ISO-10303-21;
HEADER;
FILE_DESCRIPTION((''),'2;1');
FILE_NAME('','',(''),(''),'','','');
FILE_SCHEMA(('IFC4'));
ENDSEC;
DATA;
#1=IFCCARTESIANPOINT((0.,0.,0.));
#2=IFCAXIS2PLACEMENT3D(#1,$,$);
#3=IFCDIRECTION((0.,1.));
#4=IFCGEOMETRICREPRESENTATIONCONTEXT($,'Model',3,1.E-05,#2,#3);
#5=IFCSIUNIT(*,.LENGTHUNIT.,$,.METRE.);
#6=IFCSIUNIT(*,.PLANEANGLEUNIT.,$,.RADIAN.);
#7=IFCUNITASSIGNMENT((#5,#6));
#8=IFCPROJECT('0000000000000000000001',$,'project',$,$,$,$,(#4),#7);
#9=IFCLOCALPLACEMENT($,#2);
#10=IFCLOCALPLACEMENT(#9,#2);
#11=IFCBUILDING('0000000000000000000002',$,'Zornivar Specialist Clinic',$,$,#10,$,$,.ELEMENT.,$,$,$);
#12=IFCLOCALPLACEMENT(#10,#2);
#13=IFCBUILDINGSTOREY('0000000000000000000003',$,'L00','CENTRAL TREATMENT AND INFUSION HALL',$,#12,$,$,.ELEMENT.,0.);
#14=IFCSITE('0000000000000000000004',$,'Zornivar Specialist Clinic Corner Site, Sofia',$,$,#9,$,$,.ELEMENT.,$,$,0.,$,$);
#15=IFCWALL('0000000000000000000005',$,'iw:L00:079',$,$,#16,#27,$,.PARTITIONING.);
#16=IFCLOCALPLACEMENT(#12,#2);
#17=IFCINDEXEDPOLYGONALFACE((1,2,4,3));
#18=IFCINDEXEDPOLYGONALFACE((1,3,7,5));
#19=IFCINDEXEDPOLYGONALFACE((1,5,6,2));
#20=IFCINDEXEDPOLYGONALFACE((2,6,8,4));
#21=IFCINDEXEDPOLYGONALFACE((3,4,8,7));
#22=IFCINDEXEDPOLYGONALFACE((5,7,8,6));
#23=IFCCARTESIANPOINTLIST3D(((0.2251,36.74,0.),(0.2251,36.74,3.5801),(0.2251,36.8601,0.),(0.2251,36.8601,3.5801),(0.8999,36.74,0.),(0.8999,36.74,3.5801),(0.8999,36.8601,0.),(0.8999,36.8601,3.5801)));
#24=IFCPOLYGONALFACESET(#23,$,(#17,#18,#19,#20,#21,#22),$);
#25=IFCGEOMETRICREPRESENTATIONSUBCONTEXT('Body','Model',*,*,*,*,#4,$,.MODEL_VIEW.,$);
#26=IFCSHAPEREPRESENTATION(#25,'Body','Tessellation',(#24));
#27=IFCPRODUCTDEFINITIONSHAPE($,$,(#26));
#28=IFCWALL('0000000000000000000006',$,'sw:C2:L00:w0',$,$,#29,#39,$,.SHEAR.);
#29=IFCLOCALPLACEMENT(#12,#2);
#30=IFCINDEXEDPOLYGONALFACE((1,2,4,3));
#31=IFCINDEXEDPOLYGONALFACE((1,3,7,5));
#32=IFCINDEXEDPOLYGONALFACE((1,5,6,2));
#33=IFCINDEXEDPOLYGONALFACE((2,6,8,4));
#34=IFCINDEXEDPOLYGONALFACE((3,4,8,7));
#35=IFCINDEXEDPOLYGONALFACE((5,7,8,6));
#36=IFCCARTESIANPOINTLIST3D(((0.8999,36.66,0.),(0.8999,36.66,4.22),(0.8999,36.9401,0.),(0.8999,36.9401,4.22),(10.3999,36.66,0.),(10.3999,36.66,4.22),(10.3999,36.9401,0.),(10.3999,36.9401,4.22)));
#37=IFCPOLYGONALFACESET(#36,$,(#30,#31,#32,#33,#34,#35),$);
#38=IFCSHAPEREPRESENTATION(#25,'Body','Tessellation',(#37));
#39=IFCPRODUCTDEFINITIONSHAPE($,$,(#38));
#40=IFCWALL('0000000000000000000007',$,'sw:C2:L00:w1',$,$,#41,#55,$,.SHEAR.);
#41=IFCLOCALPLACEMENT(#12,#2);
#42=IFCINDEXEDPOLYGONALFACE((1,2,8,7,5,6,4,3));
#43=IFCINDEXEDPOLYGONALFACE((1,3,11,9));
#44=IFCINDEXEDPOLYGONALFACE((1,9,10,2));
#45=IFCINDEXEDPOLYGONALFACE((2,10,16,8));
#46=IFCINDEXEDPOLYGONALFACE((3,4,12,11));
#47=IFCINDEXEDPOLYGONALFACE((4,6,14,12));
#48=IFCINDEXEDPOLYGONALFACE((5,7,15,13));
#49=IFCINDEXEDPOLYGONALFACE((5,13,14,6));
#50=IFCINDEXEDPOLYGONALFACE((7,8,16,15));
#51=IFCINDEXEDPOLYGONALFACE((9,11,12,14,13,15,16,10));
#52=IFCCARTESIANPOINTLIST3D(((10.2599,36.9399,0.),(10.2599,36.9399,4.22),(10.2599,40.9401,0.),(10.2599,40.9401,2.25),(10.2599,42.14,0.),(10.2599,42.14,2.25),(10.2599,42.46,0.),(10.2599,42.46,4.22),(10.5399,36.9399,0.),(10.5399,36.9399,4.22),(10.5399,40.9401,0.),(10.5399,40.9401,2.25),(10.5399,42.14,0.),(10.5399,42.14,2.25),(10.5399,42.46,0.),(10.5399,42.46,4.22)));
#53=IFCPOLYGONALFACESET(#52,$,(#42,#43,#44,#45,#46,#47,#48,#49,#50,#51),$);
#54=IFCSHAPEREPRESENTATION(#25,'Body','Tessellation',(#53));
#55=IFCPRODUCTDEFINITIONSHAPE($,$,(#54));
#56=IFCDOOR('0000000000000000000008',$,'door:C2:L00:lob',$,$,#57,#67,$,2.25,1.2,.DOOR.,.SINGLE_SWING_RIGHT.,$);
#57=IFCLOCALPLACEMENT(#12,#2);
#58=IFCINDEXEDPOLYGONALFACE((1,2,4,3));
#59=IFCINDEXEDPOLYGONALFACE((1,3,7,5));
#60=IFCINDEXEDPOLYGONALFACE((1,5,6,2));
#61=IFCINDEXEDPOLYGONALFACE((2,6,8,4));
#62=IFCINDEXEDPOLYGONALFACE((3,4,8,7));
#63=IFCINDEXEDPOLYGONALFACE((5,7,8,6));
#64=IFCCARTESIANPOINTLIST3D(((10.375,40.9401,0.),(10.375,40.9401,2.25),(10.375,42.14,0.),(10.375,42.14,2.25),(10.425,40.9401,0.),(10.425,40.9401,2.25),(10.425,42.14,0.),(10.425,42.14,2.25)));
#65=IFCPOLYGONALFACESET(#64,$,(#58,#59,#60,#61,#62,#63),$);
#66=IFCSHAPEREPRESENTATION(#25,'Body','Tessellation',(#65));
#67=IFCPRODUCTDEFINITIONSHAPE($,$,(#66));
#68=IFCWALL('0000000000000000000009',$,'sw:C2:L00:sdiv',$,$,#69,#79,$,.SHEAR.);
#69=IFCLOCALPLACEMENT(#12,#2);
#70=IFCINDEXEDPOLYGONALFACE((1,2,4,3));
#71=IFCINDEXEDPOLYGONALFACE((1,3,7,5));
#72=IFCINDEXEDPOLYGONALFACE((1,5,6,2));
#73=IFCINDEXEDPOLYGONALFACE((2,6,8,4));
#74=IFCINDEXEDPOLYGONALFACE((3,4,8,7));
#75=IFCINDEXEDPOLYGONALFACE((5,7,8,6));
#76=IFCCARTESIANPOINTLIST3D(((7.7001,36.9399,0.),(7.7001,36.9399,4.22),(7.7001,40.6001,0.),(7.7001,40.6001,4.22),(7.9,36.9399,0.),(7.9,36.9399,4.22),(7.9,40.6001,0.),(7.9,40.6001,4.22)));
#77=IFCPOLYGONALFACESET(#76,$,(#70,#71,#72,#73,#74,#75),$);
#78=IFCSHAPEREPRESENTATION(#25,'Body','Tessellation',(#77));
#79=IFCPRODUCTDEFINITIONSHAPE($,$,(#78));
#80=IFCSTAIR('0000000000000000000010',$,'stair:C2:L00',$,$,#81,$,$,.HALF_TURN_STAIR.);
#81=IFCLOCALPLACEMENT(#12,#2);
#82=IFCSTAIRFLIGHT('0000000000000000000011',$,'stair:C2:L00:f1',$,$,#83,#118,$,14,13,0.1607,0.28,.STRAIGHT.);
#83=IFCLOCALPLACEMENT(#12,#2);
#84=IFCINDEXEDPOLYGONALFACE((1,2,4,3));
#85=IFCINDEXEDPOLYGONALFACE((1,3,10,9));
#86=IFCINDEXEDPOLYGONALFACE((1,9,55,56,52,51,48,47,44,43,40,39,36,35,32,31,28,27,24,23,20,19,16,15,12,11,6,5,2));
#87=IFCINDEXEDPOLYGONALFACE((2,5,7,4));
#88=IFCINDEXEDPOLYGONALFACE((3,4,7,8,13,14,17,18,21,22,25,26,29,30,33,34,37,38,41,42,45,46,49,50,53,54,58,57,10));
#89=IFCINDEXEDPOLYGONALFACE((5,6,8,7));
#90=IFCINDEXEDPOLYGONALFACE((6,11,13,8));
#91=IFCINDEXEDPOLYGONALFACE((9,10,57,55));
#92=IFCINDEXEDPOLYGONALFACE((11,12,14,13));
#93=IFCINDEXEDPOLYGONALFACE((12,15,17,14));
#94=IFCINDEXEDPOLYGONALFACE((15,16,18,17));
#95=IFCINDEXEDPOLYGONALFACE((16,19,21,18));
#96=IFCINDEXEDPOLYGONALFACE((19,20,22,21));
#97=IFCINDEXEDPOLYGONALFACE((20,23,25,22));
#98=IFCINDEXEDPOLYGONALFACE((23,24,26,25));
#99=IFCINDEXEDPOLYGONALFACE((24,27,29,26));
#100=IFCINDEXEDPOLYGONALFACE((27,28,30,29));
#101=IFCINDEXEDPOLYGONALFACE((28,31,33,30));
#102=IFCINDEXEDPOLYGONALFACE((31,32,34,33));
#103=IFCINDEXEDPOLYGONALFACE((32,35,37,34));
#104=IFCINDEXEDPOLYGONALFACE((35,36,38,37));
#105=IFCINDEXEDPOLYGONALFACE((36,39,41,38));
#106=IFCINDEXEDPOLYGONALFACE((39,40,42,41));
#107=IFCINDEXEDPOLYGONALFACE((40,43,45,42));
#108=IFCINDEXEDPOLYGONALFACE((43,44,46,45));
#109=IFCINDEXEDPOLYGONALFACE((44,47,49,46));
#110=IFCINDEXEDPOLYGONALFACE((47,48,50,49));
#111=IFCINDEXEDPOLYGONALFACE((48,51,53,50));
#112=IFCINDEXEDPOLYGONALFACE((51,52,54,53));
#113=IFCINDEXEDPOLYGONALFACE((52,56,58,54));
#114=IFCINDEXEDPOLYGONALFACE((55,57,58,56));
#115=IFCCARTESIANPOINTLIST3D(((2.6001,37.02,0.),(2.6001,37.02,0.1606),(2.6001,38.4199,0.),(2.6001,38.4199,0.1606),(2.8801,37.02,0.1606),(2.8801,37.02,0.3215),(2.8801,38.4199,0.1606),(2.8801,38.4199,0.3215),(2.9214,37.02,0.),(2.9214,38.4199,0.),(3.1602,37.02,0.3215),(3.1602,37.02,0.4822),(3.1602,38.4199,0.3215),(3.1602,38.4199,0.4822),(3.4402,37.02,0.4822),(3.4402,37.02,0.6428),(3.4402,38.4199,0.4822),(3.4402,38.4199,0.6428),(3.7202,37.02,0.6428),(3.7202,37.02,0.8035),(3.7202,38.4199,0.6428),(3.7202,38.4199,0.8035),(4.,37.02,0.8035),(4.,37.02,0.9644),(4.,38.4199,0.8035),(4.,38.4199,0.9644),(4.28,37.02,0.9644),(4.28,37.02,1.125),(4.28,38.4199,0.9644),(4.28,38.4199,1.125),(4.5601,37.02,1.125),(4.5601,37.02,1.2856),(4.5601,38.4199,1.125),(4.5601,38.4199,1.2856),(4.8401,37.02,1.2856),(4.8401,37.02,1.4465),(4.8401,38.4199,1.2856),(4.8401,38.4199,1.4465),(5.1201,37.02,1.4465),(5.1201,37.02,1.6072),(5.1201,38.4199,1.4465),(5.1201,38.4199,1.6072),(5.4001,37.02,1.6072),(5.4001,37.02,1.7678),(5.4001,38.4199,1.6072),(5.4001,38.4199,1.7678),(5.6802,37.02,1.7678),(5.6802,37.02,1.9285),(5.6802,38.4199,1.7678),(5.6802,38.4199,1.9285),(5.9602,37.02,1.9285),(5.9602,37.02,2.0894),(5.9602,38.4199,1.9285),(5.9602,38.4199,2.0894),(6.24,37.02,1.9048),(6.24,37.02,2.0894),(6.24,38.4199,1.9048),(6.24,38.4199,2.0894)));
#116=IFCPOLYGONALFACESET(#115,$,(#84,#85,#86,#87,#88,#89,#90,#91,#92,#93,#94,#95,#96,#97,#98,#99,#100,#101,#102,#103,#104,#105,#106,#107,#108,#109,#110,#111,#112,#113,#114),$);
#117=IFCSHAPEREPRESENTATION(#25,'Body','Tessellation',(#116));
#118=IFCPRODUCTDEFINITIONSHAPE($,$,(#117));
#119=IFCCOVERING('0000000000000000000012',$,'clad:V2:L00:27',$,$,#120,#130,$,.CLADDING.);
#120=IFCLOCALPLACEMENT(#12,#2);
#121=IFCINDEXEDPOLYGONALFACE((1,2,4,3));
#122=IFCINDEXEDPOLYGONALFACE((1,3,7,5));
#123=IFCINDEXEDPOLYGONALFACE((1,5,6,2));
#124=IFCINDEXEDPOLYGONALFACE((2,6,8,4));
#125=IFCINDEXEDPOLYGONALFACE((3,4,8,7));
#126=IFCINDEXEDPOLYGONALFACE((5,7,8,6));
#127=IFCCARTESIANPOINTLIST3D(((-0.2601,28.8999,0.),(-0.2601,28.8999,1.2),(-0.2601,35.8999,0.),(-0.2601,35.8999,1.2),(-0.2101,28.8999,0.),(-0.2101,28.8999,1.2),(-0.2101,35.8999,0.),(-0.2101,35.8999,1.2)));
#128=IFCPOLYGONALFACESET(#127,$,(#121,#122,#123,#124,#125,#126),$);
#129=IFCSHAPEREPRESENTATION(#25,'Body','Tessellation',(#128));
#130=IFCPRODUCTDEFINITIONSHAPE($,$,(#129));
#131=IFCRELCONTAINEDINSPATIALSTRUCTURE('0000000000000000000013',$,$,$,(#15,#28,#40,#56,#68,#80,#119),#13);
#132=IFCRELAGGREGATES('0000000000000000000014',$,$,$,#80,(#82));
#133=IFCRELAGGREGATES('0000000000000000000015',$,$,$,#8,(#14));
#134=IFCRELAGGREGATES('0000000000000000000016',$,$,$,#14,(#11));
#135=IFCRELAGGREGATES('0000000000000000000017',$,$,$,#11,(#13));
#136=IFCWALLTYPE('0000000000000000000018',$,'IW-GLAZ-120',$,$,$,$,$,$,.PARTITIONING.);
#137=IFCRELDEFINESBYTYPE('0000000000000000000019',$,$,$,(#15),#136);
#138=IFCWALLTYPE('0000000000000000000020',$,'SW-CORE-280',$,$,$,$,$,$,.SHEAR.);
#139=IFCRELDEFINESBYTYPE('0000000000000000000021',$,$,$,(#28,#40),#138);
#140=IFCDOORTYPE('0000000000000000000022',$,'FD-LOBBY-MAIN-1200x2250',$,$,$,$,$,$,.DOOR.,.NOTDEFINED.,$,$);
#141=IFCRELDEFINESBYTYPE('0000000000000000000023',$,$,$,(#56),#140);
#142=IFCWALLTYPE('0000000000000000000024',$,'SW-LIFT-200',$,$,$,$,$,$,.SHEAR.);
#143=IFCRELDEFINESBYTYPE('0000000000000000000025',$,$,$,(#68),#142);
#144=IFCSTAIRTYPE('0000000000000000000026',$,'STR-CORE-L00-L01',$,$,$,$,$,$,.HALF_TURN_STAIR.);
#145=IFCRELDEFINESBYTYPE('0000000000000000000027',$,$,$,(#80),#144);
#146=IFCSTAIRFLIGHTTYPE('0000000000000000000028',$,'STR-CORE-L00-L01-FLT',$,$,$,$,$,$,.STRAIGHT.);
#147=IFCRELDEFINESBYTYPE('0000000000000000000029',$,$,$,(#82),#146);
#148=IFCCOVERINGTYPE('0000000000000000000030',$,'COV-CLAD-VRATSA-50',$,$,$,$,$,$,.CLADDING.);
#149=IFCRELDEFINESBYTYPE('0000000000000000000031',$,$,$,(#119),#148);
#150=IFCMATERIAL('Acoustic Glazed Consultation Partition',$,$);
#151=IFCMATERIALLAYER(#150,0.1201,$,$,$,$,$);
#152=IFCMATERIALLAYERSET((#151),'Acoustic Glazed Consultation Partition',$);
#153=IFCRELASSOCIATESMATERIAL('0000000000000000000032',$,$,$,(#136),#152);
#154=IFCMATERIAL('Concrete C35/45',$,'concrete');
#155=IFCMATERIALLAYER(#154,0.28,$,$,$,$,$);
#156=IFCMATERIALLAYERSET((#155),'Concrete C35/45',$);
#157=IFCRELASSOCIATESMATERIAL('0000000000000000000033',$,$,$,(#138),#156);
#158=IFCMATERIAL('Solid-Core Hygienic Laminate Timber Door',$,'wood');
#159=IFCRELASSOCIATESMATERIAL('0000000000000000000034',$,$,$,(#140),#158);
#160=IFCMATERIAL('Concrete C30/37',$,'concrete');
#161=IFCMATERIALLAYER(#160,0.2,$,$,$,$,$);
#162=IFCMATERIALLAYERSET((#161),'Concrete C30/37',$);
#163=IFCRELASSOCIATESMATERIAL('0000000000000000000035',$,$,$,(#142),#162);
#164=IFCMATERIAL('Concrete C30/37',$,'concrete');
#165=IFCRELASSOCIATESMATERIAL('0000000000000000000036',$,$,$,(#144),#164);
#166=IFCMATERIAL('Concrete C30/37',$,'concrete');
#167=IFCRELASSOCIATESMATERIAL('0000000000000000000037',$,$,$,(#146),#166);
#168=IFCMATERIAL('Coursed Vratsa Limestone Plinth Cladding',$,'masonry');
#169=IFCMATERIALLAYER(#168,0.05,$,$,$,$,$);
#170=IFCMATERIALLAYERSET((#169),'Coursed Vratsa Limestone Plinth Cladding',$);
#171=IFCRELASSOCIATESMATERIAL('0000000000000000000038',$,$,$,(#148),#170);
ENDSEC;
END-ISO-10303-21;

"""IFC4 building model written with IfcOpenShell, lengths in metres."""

from ifc_helpers import new_model, si_unit, direction, frame, frame_2d, origin, origin_2d, place, context, subcontext, project, spatial, polyline, rectangle, outline, extrude, material, layer, layer_set, type_object, element, fill, aggregate, save


model = new_model("IFC4")

# Units and contexts
model_context = context("Model", 3, precision=1e-05, world=origin(), true_north=direction((0.0, 1.0)))
body_context = subcontext(model_context, "Body", "Model", "MODEL_VIEW")
ifc_project = project(units=[si_unit("LENGTHUNIT", "METRE"), si_unit("PLANEANGLEUNIT", "RADIAN")], contexts=[model_context])

# Site, building, storey
site_placement = place(None, origin())
site = spatial("IfcSite", under=ifc_project, at=site_placement, Name="Zornivar Specialist Clinic Corner Site, Sofia", CompositionType="ELEMENT", RefElevation=0.0)
building_placement = place(site_placement, origin())
building = spatial("IfcBuilding", under=site, at=building_placement, Name="Zornivar Specialist Clinic", CompositionType="ELEMENT")
storey_placement = place(building_placement, origin())
storey = spatial("IfcBuildingStorey", under=building, at=storey_placement, Name="L00", Description="CENTRAL TREATMENT AND INFUSION HALL", CompositionType="ELEMENT", Elevation=0.0)

# Walls
ifc_material_1 = material(Name="Acoustic Glazed Consultation Partition")
ifc_layer_1 = layer(ifc_material_1, 0.1201)
ifc_layer_set_1 = layer_set([ifc_layer_1], Name="Acoustic Glazed Consultation Partition")
wall_type_1 = type_object("IfcWallType", Name="IW-GLAZ-120", PredefinedType="PARTITIONING", material=ifc_layer_set_1)
wall_1_placement = place(storey_placement, frame((0.2251, 36.8, 0.0), z_axis=(0.0, 0.0, 1.0), x_axis=(1.0, 0.0, 0.0)))
element("IfcWall", 1, at=wall_1_placement, inside=storey, type_object=wall_type_1, Name="iw:L00:079", PredefinedType="PARTITIONING", context=body_context, shape_type="SweptSolid", body=[
    extrude(rectangle(XDim=0.6748, YDim=0.1201, at=frame_2d((0.3374, 0.0))), origin(), (0.0, 0.0, 1.0), 3.5801),
])
ifc_material_2 = material(Name="Concrete C35/45", Category="concrete")
ifc_layer_2 = layer(ifc_material_2, 0.28)
ifc_layer_set_2 = layer_set([ifc_layer_2], Name="Concrete C35/45")
wall_type_2 = type_object("IfcWallType", Name="SW-CORE-280", PredefinedType="SHEAR", material=ifc_layer_set_2)
wall_2_placement = place(storey_placement, frame((0.8999, 36.8, 0.0), z_axis=(0.0, 0.0, 1.0), x_axis=(1.0, 0.0, 0.0)))
element("IfcWall", 2, at=wall_2_placement, inside=storey, type_object=wall_type_2, Name="sw:C2:L00:w0", PredefinedType="SHEAR", context=body_context, shape_type="SweptSolid", body=[
    extrude(rectangle(XDim=9.5, YDim=0.28, at=frame_2d((4.75, 0.0))), origin(), (0.0, 0.0, 1.0), 4.22),
])

# Wall, opening, door
wall_3_placement = place(storey_placement, frame((10.3999, 36.9399, 0.0), z_axis=(0.0, 0.0, 1.0), x_axis=(0.0, 1.0, 0.0)))
wall_3 = element("IfcWall", 3, at=wall_3_placement, inside=storey, type_object=wall_type_2, Name="sw:C2:L00:w1", PredefinedType="SHEAR", context=body_context, shape_type="SweptSolid", body=[
    extrude(rectangle(XDim=5.52, YDim=0.28, at=frame_2d((2.76, 0.0))), origin(), (0.0, 0.0, 1.0), 4.22),
])
opening_1_placement = place(wall_3_placement, frame((4.0, 0.0, 0.0)))
opening_1 = element("IfcOpeningElement", 4, at=opening_1_placement, cuts=wall_3, PredefinedType="OPENING", context=body_context, shape_type="SweptSolid", body=[
    extrude(rectangle(XDim=1.2, YDim=2.25, at=frame_2d((0.6001, 1.125))), frame((0.0, 0.1499, 0.0), z_axis=(0.0, -1.0, 0.0), x_axis=(1.0, 0.0, 0.0)), (0.0, 0.0, 1.0), 0.3),
])
ifc_material_3 = material(Name="Solid-Core Hygienic Laminate Timber Door", Category="wood")
door_type_1 = type_object("IfcDoorType", Name="FD-LOBBY-MAIN-1200x2250", OperationType="NOTDEFINED", PredefinedType="DOOR", material=ifc_material_3)
door_1_placement = place(opening_1_placement, origin())
door_1 = element("IfcDoor", 5, at=door_1_placement, inside=storey, type_object=door_type_1, Name="door:C2:L00:lob", OperationType="SINGLE_SWING_RIGHT", OverallHeight=2.25, OverallWidth=1.2, PredefinedType="DOOR", context=body_context, shape_type="SweptSolid", body=[
    extrude(rectangle(XDim=1.2, YDim=2.25, at=frame_2d((0.6001, 1.125))), frame((0.0, 0.0249, 0.0), z_axis=(0.0, -1.0, 0.0), x_axis=(1.0, 0.0, 0.0)), (0.0, 0.0, 1.0), 0.05),
])
fill(opening_1, door_1)

# Wall
ifc_material_4 = material(Name="Concrete C30/37", Category="concrete")
ifc_layer_3 = layer(ifc_material_4, 0.2)
ifc_layer_set_3 = layer_set([ifc_layer_3], Name="Concrete C30/37")
wall_type_3 = type_object("IfcWallType", Name="SW-LIFT-200", PredefinedType="SHEAR", material=ifc_layer_set_3)
wall_4_placement = place(storey_placement, frame((7.8, 36.9399, 0.0), z_axis=(0.0, 0.0, 1.0), x_axis=(0.0, 1.0, 0.0)))
element("IfcWall", 6, at=wall_4_placement, inside=storey, type_object=wall_type_3, Name="sw:C2:L00:sdiv", PredefinedType="SHEAR", context=body_context, shape_type="SweptSolid", body=[
    extrude(rectangle(XDim=3.6602, YDim=0.2, at=frame_2d((1.8301, 0.0))), origin(), (0.0, 0.0, 1.0), 4.22),
])

# Stair, stair flight
ifc_material_5 = material(Name="Concrete C30/37", Category="concrete")
stair_type = type_object("IfcStairType", Name="STR-CORE-L00-L01", PredefinedType="HALF_TURN_STAIR", material=ifc_material_5)
stair_placement = place(storey_placement, origin())
stair = element("IfcStair", 7, at=stair_placement, inside=storey, type_object=stair_type, Name="stair:C2:L00", PredefinedType="HALF_TURN_STAIR")
ifc_material_6 = material(Name="Concrete C30/37", Category="concrete")
stair_flight_type = type_object("IfcStairFlightType", Name="STR-CORE-L00-L01-FLT", PredefinedType="STRAIGHT", material=ifc_material_6)
stair_flight_placement = place(storey_placement, frame((2.6001, 37.72, 0.0), z_axis=(0.0, 0.0, 1.0), x_axis=(1.0, 0.0, 0.0)))
stair_flight = element("IfcStairFlight", 8, at=stair_flight_placement, type_object=stair_flight_type, Name="stair:C2:L00:f1", NumberOfRisers=14, NumberOfTreads=13, PredefinedType="STRAIGHT", RiserHeight=0.1607, TreadLength=0.28, context=body_context, shape_type="SweptSolid", body=[
    extrude(outline(polyline([(0.0, 0.0), (0.0, 0.1606), (0.28, 0.1606), (0.28, 0.3215), (0.5601, 0.3215), (0.5601, 0.4822), (0.8401, 0.4822), (0.8401, 0.6428), (1.1201, 0.6428), (1.1201, 0.8035), (1.3999, 0.8035), (1.3999, 0.9644), (1.6799, 0.9644), (1.6799, 1.125), (1.96, 1.125), (1.96, 1.2856), (2.24, 1.2856), (2.24, 1.4465), (2.52, 1.4465), (2.52, 1.6072), (2.8, 1.6072), (2.8, 1.7678), (3.0801, 1.7678), (3.0801, 1.9285), (3.3601, 1.9285), (3.3601, 2.0894), (3.6399, 2.0894), (3.6399, 2.25), (3.6399, 1.9048), (0.3213, 0.0), (0.0, 0.0)])), frame((0.0, 0.7, 0.0), z_axis=(0.0, -1.0, 0.0), x_axis=(1.0, 0.0, 0.0)), (0.0, 0.0, 1.0), 1.3999),
])
aggregate(stair, [stair_flight])

# Covering
ifc_material_7 = material(Name="Coursed Vratsa Limestone Plinth Cladding", Category="masonry")
ifc_layer_4 = layer(ifc_material_7, 0.05)
ifc_layer_set_4 = layer_set([ifc_layer_4], Name="Coursed Vratsa Limestone Plinth Cladding")
covering_type = type_object("IfcCoveringType", Name="COV-CLAD-VRATSA-50", PredefinedType="CLADDING", material=ifc_layer_set_4)
covering_placement = place(storey_placement, frame((-0.2351, 32.3999, 0.0), z_axis=(0.0, 0.0, 1.0), x_axis=(0.0, -1.0, 0.0)))
element("IfcCovering", 9, at=covering_placement, inside=storey, type_object=covering_type, Name="clad:V2:L00:27", PredefinedType="CLADDING", context=body_context, shape_type="SweptSolid", body=[
    extrude(rectangle(XDim=7.0, YDim=0.05, at=origin_2d()), origin(), (0.0, 0.0, 1.0), 1.2),
])

save(model, "model.ifc")
